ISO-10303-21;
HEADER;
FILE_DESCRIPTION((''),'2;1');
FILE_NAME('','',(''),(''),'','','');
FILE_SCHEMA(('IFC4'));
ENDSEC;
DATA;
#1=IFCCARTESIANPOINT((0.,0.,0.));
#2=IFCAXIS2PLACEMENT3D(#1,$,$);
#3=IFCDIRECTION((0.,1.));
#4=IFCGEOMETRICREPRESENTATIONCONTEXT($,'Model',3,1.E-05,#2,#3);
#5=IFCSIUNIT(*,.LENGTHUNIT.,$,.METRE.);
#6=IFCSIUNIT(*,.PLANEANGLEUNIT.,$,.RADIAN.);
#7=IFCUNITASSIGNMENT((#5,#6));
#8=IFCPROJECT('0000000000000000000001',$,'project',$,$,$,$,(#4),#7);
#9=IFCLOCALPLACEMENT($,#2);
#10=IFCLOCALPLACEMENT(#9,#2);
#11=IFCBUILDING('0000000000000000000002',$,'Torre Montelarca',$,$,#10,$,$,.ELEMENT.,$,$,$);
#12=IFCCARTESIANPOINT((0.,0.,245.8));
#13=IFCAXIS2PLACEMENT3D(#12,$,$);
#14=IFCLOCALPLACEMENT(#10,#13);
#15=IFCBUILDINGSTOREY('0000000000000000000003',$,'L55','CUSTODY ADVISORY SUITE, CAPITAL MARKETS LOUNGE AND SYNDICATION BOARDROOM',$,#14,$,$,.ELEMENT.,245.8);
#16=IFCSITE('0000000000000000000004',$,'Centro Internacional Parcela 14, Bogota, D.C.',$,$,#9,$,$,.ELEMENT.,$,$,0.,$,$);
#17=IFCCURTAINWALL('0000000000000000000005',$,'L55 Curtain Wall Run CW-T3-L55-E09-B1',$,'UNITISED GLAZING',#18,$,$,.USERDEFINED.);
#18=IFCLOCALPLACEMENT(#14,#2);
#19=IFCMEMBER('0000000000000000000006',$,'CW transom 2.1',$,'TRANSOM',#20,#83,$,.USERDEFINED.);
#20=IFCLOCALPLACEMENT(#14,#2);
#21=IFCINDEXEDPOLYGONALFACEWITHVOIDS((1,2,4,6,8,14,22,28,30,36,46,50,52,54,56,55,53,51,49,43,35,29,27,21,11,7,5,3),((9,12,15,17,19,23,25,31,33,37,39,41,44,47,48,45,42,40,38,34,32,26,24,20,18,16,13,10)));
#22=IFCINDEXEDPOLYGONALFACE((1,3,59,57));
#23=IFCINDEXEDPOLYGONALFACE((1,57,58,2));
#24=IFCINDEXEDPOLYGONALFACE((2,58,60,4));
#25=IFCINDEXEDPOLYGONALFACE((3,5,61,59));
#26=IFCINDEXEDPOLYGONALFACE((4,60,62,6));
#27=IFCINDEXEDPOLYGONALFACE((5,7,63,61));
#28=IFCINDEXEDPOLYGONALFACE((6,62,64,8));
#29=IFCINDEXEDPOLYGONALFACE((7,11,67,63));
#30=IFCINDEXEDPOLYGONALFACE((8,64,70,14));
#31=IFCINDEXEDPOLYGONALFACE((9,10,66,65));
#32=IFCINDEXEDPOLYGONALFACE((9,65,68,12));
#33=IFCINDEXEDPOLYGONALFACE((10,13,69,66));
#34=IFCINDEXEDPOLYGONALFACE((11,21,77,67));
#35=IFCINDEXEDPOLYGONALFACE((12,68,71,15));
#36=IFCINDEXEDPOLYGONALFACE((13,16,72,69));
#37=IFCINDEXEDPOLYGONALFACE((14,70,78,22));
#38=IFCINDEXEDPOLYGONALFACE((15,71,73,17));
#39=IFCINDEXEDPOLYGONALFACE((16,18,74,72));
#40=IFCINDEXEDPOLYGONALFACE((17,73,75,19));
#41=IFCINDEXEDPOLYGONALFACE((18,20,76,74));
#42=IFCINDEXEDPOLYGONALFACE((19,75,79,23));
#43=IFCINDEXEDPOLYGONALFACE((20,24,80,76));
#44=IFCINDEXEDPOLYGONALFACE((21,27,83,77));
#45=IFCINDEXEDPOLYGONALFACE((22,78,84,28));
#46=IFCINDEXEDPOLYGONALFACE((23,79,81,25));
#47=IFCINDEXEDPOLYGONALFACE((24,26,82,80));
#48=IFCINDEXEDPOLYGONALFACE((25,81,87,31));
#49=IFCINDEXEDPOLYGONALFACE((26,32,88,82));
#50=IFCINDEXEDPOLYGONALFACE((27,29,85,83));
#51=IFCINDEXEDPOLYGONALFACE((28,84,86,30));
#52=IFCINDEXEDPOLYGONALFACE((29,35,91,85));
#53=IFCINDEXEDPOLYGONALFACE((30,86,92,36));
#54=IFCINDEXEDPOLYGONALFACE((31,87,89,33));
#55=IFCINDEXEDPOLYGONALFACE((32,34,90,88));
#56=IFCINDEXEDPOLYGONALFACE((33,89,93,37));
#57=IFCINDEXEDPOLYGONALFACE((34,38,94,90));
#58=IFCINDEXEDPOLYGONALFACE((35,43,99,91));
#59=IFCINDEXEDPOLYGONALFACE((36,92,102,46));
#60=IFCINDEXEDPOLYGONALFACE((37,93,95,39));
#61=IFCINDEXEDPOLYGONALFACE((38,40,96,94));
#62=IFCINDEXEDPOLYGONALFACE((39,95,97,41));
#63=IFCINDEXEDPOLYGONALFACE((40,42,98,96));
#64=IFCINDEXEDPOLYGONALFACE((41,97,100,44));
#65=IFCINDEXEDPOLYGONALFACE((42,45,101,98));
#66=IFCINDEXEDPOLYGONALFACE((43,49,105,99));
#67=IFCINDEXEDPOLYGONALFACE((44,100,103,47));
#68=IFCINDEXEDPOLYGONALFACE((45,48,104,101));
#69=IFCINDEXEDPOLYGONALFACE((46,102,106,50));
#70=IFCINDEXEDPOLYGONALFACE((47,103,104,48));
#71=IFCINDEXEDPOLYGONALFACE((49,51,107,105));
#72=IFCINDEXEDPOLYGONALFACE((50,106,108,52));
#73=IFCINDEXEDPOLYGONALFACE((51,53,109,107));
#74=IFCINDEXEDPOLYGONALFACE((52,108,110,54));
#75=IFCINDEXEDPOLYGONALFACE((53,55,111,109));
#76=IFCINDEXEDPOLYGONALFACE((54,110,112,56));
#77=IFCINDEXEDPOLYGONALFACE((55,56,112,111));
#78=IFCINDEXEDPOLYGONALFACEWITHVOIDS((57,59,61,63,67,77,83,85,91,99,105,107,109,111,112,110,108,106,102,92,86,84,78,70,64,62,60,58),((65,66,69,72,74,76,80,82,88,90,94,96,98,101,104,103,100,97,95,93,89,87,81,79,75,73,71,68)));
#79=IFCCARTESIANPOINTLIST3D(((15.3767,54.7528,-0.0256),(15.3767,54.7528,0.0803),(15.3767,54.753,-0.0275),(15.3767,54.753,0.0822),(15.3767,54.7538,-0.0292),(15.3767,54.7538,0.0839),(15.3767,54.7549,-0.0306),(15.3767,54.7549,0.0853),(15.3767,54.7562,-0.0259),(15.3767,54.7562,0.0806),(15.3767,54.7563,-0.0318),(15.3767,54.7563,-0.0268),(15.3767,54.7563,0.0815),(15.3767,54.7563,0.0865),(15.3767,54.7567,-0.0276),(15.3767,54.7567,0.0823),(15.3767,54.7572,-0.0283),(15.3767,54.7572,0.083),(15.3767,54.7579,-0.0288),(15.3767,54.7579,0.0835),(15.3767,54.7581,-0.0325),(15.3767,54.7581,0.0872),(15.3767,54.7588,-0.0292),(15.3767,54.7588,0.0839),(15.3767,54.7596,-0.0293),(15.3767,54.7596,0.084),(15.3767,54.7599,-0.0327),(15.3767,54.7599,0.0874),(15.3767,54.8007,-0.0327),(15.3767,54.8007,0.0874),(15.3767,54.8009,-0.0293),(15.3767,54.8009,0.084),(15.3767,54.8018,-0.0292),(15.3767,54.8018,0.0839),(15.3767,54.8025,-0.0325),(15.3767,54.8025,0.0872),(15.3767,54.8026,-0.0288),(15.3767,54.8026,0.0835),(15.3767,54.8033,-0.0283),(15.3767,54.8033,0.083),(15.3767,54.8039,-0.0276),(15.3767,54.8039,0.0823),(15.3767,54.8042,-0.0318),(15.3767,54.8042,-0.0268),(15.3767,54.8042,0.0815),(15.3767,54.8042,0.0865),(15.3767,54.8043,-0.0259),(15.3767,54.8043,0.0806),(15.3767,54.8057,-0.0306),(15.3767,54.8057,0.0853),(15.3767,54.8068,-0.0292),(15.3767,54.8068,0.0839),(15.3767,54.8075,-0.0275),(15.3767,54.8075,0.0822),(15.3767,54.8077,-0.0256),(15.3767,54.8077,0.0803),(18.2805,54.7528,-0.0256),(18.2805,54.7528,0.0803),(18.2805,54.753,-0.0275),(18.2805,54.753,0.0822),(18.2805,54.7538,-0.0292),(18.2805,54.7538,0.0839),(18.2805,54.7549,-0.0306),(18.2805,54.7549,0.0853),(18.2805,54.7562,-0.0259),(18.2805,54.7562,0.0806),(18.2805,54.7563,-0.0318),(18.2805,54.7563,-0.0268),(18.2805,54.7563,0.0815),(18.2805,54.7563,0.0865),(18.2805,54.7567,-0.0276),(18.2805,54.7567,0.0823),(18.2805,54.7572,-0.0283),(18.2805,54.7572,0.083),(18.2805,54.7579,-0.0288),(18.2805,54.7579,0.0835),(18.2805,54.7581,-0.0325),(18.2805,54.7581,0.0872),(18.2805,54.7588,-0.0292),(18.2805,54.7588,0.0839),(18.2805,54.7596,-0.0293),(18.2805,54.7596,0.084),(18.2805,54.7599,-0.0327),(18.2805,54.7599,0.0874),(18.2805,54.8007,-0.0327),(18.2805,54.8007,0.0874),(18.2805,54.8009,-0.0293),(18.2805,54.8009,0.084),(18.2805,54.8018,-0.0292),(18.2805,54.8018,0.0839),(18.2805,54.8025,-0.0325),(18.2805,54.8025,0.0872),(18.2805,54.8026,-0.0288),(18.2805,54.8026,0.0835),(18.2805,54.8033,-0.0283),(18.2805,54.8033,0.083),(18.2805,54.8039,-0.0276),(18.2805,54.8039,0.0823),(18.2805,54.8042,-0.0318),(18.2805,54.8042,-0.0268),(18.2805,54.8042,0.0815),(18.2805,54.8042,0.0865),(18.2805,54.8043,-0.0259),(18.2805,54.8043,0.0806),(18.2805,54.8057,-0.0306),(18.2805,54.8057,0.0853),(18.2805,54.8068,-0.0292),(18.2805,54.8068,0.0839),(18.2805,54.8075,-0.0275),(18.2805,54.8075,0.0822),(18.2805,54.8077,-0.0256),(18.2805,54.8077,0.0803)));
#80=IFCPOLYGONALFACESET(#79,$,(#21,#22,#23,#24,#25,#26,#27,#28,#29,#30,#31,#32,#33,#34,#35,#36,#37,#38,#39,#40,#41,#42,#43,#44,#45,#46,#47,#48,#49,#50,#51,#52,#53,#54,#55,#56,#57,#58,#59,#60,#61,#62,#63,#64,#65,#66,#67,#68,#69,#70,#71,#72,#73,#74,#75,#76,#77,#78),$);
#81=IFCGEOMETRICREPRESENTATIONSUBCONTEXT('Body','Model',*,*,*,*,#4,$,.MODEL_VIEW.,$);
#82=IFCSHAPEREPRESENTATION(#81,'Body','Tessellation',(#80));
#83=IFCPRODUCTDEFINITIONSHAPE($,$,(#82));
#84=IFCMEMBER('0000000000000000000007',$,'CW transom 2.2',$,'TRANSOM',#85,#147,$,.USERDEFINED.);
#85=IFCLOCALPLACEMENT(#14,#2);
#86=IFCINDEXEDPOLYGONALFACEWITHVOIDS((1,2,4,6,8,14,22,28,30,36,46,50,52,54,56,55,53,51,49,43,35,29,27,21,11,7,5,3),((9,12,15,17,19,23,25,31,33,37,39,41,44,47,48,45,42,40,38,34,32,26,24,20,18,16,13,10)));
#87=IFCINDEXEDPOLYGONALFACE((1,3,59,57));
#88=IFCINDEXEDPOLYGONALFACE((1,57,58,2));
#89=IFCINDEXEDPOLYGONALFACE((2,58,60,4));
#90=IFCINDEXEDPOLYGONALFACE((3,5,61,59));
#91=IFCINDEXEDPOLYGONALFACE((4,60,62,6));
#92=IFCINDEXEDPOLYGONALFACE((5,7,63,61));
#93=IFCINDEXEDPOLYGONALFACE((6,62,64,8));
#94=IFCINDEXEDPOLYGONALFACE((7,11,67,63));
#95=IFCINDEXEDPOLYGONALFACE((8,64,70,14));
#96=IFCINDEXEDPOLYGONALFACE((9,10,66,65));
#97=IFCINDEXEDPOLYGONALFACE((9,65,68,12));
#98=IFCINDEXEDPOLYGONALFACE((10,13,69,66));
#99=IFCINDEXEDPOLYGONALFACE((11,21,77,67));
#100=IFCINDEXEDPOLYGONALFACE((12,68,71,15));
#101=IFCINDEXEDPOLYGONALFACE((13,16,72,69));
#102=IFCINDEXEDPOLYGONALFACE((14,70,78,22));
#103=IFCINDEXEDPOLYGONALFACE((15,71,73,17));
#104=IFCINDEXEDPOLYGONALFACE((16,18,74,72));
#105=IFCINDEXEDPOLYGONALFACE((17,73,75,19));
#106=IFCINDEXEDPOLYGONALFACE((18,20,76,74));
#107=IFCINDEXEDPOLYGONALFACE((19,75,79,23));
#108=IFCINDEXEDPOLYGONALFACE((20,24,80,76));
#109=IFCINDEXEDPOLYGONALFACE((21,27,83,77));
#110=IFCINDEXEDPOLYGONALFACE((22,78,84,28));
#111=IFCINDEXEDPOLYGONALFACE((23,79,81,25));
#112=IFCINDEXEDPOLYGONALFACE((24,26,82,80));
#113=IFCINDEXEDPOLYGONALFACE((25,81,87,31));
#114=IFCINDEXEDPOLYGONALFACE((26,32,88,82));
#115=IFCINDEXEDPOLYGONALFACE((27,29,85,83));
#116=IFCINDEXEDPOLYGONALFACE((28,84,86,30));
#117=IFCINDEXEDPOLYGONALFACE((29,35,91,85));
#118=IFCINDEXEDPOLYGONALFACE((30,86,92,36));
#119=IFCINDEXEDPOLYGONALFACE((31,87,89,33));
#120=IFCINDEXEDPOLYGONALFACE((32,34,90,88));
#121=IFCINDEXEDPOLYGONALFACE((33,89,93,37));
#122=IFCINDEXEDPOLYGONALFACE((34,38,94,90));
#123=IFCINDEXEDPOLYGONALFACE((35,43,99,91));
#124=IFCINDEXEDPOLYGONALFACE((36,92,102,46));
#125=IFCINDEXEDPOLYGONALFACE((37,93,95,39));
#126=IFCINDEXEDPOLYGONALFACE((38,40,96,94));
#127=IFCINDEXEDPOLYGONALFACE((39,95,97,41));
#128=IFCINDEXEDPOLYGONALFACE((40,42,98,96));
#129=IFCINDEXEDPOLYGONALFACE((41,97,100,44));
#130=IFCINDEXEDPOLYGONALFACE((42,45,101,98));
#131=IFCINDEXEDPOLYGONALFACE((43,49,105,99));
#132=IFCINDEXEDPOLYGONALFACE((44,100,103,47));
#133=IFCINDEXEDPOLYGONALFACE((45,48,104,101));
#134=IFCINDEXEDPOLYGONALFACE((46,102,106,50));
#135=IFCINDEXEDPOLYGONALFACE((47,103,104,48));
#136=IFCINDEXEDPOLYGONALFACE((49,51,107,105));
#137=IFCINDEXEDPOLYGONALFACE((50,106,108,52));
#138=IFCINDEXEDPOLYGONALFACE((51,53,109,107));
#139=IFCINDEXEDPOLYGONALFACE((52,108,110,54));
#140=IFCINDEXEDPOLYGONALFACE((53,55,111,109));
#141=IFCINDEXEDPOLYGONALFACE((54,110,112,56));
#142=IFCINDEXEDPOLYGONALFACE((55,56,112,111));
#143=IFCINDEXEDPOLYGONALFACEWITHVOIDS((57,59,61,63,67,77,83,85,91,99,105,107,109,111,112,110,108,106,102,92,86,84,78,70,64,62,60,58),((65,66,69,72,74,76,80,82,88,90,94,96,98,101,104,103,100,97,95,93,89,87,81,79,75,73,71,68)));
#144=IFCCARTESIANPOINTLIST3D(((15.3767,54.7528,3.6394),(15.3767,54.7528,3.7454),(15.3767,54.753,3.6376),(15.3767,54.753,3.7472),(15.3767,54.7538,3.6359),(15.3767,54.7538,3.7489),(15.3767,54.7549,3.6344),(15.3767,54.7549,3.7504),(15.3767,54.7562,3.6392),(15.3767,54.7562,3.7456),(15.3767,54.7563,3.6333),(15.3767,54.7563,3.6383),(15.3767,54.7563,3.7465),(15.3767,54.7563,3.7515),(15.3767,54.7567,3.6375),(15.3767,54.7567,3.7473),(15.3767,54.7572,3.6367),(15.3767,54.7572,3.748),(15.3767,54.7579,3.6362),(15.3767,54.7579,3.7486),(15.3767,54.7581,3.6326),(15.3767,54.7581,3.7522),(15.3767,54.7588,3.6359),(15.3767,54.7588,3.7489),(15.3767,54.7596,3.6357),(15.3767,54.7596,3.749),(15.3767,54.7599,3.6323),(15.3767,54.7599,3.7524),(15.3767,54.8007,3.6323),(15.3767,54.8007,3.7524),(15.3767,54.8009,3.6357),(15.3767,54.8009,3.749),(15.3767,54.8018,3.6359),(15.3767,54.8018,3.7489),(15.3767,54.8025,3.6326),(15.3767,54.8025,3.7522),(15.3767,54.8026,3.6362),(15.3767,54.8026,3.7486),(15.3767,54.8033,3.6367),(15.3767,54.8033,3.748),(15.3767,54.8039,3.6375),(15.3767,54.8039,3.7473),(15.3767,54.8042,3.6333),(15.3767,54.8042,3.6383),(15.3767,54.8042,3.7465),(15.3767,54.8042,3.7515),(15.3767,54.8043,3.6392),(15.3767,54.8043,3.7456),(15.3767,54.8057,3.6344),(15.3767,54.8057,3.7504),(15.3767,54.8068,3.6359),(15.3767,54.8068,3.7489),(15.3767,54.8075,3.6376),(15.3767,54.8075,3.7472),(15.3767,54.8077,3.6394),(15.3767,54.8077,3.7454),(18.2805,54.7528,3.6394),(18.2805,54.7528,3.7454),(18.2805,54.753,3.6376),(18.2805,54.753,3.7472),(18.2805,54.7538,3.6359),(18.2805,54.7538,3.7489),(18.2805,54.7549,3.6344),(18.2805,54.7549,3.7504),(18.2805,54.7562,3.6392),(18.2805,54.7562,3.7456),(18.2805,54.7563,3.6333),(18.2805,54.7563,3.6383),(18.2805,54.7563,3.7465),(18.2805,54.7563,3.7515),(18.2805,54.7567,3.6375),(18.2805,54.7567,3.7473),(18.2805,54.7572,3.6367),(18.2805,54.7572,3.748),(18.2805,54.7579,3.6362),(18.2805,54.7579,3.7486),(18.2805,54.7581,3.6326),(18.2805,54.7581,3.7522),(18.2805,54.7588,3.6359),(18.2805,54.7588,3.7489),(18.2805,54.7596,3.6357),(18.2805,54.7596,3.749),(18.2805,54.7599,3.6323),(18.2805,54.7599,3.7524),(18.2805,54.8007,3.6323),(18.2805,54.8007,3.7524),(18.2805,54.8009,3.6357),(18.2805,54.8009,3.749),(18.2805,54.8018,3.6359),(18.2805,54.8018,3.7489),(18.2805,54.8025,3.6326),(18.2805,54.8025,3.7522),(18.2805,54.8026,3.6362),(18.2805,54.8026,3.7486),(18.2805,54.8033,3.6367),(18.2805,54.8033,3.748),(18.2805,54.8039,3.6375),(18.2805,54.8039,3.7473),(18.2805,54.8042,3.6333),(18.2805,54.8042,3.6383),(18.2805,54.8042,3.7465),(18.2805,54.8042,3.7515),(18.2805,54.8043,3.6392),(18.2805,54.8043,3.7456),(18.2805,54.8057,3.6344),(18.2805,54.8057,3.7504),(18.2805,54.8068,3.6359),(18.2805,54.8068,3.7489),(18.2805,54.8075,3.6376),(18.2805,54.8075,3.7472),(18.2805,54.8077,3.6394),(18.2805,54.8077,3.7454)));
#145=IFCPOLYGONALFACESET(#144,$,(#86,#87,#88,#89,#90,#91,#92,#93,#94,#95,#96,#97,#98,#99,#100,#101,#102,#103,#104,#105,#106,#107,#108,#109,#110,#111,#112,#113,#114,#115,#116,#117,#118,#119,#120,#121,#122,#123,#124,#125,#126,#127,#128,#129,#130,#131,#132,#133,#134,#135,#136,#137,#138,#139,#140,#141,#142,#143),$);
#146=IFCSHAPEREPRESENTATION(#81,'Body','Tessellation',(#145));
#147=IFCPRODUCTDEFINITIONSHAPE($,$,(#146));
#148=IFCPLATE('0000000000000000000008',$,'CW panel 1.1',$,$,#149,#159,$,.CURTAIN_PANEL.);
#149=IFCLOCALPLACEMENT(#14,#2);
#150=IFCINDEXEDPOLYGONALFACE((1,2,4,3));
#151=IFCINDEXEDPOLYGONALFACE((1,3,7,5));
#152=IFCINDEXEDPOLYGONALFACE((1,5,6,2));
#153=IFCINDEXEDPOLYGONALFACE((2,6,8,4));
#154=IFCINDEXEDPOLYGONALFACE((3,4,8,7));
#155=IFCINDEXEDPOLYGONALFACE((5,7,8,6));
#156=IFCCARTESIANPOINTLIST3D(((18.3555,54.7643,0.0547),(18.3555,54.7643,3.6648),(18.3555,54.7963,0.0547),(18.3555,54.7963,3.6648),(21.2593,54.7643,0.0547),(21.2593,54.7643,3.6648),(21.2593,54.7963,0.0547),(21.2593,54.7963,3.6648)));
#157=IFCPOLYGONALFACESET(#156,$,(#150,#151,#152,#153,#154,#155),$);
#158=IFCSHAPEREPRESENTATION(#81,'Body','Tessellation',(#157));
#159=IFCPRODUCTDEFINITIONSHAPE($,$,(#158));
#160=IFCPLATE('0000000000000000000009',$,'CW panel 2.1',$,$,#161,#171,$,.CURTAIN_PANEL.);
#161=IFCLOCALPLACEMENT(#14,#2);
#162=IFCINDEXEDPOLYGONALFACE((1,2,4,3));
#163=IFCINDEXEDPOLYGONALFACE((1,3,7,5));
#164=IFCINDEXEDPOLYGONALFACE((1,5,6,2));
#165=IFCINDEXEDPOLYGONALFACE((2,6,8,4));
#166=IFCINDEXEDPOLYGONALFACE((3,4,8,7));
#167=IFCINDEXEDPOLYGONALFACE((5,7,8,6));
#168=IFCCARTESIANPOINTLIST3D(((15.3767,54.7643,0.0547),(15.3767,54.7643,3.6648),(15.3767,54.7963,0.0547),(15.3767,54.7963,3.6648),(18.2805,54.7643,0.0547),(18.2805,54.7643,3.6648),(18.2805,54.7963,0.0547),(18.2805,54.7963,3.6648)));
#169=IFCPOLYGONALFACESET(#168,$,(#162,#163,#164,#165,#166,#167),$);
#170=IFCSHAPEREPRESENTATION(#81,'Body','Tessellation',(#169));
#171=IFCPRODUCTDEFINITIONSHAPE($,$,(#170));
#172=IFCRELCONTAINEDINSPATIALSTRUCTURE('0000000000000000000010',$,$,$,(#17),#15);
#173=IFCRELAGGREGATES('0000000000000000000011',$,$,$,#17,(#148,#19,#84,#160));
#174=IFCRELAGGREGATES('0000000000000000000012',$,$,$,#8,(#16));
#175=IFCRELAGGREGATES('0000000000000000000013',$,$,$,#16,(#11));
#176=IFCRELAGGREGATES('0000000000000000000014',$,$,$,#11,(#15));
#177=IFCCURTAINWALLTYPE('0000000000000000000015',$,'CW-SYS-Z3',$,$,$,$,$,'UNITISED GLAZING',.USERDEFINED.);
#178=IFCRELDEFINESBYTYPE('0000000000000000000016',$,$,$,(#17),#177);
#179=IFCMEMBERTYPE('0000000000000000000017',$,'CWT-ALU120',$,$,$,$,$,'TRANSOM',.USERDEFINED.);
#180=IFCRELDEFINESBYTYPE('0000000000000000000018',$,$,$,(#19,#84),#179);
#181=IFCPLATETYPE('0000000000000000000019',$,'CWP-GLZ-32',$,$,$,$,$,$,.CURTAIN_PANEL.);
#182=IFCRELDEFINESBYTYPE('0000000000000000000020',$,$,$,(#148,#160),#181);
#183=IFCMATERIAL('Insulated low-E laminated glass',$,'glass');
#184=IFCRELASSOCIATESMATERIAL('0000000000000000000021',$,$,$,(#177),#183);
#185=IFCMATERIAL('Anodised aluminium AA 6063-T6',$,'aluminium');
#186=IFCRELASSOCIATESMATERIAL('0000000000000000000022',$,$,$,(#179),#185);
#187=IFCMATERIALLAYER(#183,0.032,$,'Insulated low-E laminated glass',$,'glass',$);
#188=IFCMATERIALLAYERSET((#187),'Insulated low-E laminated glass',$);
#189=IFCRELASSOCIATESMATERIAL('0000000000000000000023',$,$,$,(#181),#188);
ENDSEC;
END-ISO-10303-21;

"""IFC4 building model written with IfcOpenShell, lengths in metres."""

from ifc_helpers import new_model, si_unit, direction, frame, origin, origin_2d, place, context, subcontext, project, spatial, rectangle, hollow_rectangle, extrude, source, transform, mapped, material, layer, layer_set, material_profile, profile_set, type_object, element, aggregate, save


model = new_model("IFC4")

# Units and contexts
model_context = context("Model", 3, precision=1e-05, world=origin(), true_north=direction((0.0, 1.0)))
body_context = subcontext(model_context, "Body", "Model", "MODEL_VIEW")
ifc_project = project(units=[si_unit("LENGTHUNIT", "METRE"), si_unit("PLANEANGLEUNIT", "RADIAN")], contexts=[model_context])

# Site, building, storey
site_placement = place(None, origin())
site = spatial("IfcSite", under=ifc_project, at=site_placement, Name="Centro Internacional Parcela 14, Bogota, D.C.", CompositionType="ELEMENT", RefElevation=0.0)
building_placement = place(site_placement, origin())
building = spatial("IfcBuilding", under=site, at=building_placement, Name="Torre Montelarca", CompositionType="ELEMENT")
storey_placement = place(building_placement, frame((0.0, 0.0, 245.8)))
storey = spatial("IfcBuildingStorey", under=building, at=storey_placement, Name="L55", Description="CUSTODY ADVISORY SUITE, CAPITAL MARKETS LOUNGE AND SYNDICATION BOARDROOM", CompositionType="ELEMENT", Elevation=245.8)

# Shared definitions
ifc_material_1 = material(Name="Insulated low-E laminated glass", Category="glass")
curtain_wall_type = type_object("IfcCurtainWallType", Name="CW-SYS-Z3", ElementType="UNITISED GLAZING", PredefinedType="USERDEFINED", material=ifc_material_1)
ifc_material_2 = material(Name="Anodised aluminium AA 6063-T6", Category="aluminium")

# Curtain wall, members, plates
curtain_wall_1_placement = place(storey_placement, origin())
curtain_wall_1 = element("IfcCurtainWall", 1, at=curtain_wall_1_placement, inside=storey, type_object=curtain_wall_type, Name="L55 Curtain Wall Run CW-T3-L55-E09-B1", ObjectType="UNITISED GLAZING", PredefinedType="USERDEFINED")
ifc_material_profile_1 = material_profile(ifc_material_2, hollow_rectangle(XDim=0.0549, YDim=0.1201, WallThickness=0.0034, InnerFilletRadius=0.0034, OuterFilletRadius=0.0071, at=origin_2d()), Name="ALU55X120X3.5", Category="aluminium")
ifc_profile_set_1 = profile_set([ifc_material_profile_1], Name="Anodised aluminium AA 6063-T6")
member_type_1 = type_object("IfcMemberType", Name="CWT-ALU120", ElementType="TRANSOM", PredefinedType="USERDEFINED", material=ifc_profile_set_1)
shared_shape_1 = source(origin(), body_context, "Body", "SweptSolid", [
    extrude(hollow_rectangle(XDim=0.0549, YDim=0.1201, WallThickness=0.0034, InnerFilletRadius=0.0034, OuterFilletRadius=0.0071, at=origin_2d()), origin(), (0.0, 0.0, 1.0), 2.9038),
])
member_1_placement = place(storey_placement, frame((18.2805, 54.7803, 0.0273), z_axis=(-1.0, 0.0, 0.0), x_axis=(0.0, -1.0, 0.0)))
member_1 = element("IfcMember", 2, at=member_1_placement, type_object=member_type_1, Name="CW transom 2.1", ObjectType="TRANSOM", PredefinedType="USERDEFINED", context=body_context, shape_type="MappedRepresentation", body=[
    mapped(shared_shape_1, transform((0.0, 0.0, 0.0), scale=1.0)),
])
member_2_placement = place(storey_placement, frame((18.2805, 54.7803, 3.6924), z_axis=(-1.0, 0.0, 0.0), x_axis=(0.0, -1.0, 0.0)))
member_2 = element("IfcMember", 3, at=member_2_placement, type_object=member_type_1, Name="CW transom 2.2", ObjectType="TRANSOM", PredefinedType="USERDEFINED", context=body_context, shape_type="MappedRepresentation", body=[
    mapped(shared_shape_1, transform((0.0, 0.0, 0.0), scale=1.0)),
])
ifc_layer_1 = layer(ifc_material_1, 0.032, Name="Insulated low-E laminated glass", Category="glass")
ifc_layer_set_1 = layer_set([ifc_layer_1], Name="Insulated low-E laminated glass")
plate_type = type_object("IfcPlateType", Name="CWP-GLZ-32", PredefinedType="CURTAIN_PANEL", material=ifc_layer_set_1)
shared_shape_2 = source(origin(), body_context, "Body", "SweptSolid", [
    extrude(rectangle(XDim=2.9038, YDim=0.032, at=origin_2d()), origin(), (0.0, 0.0, 1.0), 3.6101),
])
plate_1_placement = place(storey_placement, frame((19.8074, 54.7803, 0.0547), z_axis=(0.0, 0.0, 1.0), x_axis=(-1.0, 0.0, 0.0)))
plate_1 = element("IfcPlate", 4, at=plate_1_placement, type_object=plate_type, Name="CW panel 1.1", PredefinedType="CURTAIN_PANEL", context=body_context, shape_type="MappedRepresentation", body=[
    mapped(shared_shape_2, transform((0.0, 0.0, 0.0), scale=1.0)),
])
plate_2_placement = place(storey_placement, frame((16.8286, 54.7803, 0.0547), z_axis=(0.0, 0.0, 1.0), x_axis=(-1.0, 0.0, 0.0)))
plate_2 = element("IfcPlate", 5, at=plate_2_placement, type_object=plate_type, Name="CW panel 2.1", PredefinedType="CURTAIN_PANEL", context=body_context, shape_type="MappedRepresentation", body=[
    mapped(shared_shape_2, transform((0.0, 0.0, 0.0), scale=1.0)),
])
aggregate(curtain_wall_1, [plate_1, member_1, member_2, plate_2])

save(model, "model.ifc")
